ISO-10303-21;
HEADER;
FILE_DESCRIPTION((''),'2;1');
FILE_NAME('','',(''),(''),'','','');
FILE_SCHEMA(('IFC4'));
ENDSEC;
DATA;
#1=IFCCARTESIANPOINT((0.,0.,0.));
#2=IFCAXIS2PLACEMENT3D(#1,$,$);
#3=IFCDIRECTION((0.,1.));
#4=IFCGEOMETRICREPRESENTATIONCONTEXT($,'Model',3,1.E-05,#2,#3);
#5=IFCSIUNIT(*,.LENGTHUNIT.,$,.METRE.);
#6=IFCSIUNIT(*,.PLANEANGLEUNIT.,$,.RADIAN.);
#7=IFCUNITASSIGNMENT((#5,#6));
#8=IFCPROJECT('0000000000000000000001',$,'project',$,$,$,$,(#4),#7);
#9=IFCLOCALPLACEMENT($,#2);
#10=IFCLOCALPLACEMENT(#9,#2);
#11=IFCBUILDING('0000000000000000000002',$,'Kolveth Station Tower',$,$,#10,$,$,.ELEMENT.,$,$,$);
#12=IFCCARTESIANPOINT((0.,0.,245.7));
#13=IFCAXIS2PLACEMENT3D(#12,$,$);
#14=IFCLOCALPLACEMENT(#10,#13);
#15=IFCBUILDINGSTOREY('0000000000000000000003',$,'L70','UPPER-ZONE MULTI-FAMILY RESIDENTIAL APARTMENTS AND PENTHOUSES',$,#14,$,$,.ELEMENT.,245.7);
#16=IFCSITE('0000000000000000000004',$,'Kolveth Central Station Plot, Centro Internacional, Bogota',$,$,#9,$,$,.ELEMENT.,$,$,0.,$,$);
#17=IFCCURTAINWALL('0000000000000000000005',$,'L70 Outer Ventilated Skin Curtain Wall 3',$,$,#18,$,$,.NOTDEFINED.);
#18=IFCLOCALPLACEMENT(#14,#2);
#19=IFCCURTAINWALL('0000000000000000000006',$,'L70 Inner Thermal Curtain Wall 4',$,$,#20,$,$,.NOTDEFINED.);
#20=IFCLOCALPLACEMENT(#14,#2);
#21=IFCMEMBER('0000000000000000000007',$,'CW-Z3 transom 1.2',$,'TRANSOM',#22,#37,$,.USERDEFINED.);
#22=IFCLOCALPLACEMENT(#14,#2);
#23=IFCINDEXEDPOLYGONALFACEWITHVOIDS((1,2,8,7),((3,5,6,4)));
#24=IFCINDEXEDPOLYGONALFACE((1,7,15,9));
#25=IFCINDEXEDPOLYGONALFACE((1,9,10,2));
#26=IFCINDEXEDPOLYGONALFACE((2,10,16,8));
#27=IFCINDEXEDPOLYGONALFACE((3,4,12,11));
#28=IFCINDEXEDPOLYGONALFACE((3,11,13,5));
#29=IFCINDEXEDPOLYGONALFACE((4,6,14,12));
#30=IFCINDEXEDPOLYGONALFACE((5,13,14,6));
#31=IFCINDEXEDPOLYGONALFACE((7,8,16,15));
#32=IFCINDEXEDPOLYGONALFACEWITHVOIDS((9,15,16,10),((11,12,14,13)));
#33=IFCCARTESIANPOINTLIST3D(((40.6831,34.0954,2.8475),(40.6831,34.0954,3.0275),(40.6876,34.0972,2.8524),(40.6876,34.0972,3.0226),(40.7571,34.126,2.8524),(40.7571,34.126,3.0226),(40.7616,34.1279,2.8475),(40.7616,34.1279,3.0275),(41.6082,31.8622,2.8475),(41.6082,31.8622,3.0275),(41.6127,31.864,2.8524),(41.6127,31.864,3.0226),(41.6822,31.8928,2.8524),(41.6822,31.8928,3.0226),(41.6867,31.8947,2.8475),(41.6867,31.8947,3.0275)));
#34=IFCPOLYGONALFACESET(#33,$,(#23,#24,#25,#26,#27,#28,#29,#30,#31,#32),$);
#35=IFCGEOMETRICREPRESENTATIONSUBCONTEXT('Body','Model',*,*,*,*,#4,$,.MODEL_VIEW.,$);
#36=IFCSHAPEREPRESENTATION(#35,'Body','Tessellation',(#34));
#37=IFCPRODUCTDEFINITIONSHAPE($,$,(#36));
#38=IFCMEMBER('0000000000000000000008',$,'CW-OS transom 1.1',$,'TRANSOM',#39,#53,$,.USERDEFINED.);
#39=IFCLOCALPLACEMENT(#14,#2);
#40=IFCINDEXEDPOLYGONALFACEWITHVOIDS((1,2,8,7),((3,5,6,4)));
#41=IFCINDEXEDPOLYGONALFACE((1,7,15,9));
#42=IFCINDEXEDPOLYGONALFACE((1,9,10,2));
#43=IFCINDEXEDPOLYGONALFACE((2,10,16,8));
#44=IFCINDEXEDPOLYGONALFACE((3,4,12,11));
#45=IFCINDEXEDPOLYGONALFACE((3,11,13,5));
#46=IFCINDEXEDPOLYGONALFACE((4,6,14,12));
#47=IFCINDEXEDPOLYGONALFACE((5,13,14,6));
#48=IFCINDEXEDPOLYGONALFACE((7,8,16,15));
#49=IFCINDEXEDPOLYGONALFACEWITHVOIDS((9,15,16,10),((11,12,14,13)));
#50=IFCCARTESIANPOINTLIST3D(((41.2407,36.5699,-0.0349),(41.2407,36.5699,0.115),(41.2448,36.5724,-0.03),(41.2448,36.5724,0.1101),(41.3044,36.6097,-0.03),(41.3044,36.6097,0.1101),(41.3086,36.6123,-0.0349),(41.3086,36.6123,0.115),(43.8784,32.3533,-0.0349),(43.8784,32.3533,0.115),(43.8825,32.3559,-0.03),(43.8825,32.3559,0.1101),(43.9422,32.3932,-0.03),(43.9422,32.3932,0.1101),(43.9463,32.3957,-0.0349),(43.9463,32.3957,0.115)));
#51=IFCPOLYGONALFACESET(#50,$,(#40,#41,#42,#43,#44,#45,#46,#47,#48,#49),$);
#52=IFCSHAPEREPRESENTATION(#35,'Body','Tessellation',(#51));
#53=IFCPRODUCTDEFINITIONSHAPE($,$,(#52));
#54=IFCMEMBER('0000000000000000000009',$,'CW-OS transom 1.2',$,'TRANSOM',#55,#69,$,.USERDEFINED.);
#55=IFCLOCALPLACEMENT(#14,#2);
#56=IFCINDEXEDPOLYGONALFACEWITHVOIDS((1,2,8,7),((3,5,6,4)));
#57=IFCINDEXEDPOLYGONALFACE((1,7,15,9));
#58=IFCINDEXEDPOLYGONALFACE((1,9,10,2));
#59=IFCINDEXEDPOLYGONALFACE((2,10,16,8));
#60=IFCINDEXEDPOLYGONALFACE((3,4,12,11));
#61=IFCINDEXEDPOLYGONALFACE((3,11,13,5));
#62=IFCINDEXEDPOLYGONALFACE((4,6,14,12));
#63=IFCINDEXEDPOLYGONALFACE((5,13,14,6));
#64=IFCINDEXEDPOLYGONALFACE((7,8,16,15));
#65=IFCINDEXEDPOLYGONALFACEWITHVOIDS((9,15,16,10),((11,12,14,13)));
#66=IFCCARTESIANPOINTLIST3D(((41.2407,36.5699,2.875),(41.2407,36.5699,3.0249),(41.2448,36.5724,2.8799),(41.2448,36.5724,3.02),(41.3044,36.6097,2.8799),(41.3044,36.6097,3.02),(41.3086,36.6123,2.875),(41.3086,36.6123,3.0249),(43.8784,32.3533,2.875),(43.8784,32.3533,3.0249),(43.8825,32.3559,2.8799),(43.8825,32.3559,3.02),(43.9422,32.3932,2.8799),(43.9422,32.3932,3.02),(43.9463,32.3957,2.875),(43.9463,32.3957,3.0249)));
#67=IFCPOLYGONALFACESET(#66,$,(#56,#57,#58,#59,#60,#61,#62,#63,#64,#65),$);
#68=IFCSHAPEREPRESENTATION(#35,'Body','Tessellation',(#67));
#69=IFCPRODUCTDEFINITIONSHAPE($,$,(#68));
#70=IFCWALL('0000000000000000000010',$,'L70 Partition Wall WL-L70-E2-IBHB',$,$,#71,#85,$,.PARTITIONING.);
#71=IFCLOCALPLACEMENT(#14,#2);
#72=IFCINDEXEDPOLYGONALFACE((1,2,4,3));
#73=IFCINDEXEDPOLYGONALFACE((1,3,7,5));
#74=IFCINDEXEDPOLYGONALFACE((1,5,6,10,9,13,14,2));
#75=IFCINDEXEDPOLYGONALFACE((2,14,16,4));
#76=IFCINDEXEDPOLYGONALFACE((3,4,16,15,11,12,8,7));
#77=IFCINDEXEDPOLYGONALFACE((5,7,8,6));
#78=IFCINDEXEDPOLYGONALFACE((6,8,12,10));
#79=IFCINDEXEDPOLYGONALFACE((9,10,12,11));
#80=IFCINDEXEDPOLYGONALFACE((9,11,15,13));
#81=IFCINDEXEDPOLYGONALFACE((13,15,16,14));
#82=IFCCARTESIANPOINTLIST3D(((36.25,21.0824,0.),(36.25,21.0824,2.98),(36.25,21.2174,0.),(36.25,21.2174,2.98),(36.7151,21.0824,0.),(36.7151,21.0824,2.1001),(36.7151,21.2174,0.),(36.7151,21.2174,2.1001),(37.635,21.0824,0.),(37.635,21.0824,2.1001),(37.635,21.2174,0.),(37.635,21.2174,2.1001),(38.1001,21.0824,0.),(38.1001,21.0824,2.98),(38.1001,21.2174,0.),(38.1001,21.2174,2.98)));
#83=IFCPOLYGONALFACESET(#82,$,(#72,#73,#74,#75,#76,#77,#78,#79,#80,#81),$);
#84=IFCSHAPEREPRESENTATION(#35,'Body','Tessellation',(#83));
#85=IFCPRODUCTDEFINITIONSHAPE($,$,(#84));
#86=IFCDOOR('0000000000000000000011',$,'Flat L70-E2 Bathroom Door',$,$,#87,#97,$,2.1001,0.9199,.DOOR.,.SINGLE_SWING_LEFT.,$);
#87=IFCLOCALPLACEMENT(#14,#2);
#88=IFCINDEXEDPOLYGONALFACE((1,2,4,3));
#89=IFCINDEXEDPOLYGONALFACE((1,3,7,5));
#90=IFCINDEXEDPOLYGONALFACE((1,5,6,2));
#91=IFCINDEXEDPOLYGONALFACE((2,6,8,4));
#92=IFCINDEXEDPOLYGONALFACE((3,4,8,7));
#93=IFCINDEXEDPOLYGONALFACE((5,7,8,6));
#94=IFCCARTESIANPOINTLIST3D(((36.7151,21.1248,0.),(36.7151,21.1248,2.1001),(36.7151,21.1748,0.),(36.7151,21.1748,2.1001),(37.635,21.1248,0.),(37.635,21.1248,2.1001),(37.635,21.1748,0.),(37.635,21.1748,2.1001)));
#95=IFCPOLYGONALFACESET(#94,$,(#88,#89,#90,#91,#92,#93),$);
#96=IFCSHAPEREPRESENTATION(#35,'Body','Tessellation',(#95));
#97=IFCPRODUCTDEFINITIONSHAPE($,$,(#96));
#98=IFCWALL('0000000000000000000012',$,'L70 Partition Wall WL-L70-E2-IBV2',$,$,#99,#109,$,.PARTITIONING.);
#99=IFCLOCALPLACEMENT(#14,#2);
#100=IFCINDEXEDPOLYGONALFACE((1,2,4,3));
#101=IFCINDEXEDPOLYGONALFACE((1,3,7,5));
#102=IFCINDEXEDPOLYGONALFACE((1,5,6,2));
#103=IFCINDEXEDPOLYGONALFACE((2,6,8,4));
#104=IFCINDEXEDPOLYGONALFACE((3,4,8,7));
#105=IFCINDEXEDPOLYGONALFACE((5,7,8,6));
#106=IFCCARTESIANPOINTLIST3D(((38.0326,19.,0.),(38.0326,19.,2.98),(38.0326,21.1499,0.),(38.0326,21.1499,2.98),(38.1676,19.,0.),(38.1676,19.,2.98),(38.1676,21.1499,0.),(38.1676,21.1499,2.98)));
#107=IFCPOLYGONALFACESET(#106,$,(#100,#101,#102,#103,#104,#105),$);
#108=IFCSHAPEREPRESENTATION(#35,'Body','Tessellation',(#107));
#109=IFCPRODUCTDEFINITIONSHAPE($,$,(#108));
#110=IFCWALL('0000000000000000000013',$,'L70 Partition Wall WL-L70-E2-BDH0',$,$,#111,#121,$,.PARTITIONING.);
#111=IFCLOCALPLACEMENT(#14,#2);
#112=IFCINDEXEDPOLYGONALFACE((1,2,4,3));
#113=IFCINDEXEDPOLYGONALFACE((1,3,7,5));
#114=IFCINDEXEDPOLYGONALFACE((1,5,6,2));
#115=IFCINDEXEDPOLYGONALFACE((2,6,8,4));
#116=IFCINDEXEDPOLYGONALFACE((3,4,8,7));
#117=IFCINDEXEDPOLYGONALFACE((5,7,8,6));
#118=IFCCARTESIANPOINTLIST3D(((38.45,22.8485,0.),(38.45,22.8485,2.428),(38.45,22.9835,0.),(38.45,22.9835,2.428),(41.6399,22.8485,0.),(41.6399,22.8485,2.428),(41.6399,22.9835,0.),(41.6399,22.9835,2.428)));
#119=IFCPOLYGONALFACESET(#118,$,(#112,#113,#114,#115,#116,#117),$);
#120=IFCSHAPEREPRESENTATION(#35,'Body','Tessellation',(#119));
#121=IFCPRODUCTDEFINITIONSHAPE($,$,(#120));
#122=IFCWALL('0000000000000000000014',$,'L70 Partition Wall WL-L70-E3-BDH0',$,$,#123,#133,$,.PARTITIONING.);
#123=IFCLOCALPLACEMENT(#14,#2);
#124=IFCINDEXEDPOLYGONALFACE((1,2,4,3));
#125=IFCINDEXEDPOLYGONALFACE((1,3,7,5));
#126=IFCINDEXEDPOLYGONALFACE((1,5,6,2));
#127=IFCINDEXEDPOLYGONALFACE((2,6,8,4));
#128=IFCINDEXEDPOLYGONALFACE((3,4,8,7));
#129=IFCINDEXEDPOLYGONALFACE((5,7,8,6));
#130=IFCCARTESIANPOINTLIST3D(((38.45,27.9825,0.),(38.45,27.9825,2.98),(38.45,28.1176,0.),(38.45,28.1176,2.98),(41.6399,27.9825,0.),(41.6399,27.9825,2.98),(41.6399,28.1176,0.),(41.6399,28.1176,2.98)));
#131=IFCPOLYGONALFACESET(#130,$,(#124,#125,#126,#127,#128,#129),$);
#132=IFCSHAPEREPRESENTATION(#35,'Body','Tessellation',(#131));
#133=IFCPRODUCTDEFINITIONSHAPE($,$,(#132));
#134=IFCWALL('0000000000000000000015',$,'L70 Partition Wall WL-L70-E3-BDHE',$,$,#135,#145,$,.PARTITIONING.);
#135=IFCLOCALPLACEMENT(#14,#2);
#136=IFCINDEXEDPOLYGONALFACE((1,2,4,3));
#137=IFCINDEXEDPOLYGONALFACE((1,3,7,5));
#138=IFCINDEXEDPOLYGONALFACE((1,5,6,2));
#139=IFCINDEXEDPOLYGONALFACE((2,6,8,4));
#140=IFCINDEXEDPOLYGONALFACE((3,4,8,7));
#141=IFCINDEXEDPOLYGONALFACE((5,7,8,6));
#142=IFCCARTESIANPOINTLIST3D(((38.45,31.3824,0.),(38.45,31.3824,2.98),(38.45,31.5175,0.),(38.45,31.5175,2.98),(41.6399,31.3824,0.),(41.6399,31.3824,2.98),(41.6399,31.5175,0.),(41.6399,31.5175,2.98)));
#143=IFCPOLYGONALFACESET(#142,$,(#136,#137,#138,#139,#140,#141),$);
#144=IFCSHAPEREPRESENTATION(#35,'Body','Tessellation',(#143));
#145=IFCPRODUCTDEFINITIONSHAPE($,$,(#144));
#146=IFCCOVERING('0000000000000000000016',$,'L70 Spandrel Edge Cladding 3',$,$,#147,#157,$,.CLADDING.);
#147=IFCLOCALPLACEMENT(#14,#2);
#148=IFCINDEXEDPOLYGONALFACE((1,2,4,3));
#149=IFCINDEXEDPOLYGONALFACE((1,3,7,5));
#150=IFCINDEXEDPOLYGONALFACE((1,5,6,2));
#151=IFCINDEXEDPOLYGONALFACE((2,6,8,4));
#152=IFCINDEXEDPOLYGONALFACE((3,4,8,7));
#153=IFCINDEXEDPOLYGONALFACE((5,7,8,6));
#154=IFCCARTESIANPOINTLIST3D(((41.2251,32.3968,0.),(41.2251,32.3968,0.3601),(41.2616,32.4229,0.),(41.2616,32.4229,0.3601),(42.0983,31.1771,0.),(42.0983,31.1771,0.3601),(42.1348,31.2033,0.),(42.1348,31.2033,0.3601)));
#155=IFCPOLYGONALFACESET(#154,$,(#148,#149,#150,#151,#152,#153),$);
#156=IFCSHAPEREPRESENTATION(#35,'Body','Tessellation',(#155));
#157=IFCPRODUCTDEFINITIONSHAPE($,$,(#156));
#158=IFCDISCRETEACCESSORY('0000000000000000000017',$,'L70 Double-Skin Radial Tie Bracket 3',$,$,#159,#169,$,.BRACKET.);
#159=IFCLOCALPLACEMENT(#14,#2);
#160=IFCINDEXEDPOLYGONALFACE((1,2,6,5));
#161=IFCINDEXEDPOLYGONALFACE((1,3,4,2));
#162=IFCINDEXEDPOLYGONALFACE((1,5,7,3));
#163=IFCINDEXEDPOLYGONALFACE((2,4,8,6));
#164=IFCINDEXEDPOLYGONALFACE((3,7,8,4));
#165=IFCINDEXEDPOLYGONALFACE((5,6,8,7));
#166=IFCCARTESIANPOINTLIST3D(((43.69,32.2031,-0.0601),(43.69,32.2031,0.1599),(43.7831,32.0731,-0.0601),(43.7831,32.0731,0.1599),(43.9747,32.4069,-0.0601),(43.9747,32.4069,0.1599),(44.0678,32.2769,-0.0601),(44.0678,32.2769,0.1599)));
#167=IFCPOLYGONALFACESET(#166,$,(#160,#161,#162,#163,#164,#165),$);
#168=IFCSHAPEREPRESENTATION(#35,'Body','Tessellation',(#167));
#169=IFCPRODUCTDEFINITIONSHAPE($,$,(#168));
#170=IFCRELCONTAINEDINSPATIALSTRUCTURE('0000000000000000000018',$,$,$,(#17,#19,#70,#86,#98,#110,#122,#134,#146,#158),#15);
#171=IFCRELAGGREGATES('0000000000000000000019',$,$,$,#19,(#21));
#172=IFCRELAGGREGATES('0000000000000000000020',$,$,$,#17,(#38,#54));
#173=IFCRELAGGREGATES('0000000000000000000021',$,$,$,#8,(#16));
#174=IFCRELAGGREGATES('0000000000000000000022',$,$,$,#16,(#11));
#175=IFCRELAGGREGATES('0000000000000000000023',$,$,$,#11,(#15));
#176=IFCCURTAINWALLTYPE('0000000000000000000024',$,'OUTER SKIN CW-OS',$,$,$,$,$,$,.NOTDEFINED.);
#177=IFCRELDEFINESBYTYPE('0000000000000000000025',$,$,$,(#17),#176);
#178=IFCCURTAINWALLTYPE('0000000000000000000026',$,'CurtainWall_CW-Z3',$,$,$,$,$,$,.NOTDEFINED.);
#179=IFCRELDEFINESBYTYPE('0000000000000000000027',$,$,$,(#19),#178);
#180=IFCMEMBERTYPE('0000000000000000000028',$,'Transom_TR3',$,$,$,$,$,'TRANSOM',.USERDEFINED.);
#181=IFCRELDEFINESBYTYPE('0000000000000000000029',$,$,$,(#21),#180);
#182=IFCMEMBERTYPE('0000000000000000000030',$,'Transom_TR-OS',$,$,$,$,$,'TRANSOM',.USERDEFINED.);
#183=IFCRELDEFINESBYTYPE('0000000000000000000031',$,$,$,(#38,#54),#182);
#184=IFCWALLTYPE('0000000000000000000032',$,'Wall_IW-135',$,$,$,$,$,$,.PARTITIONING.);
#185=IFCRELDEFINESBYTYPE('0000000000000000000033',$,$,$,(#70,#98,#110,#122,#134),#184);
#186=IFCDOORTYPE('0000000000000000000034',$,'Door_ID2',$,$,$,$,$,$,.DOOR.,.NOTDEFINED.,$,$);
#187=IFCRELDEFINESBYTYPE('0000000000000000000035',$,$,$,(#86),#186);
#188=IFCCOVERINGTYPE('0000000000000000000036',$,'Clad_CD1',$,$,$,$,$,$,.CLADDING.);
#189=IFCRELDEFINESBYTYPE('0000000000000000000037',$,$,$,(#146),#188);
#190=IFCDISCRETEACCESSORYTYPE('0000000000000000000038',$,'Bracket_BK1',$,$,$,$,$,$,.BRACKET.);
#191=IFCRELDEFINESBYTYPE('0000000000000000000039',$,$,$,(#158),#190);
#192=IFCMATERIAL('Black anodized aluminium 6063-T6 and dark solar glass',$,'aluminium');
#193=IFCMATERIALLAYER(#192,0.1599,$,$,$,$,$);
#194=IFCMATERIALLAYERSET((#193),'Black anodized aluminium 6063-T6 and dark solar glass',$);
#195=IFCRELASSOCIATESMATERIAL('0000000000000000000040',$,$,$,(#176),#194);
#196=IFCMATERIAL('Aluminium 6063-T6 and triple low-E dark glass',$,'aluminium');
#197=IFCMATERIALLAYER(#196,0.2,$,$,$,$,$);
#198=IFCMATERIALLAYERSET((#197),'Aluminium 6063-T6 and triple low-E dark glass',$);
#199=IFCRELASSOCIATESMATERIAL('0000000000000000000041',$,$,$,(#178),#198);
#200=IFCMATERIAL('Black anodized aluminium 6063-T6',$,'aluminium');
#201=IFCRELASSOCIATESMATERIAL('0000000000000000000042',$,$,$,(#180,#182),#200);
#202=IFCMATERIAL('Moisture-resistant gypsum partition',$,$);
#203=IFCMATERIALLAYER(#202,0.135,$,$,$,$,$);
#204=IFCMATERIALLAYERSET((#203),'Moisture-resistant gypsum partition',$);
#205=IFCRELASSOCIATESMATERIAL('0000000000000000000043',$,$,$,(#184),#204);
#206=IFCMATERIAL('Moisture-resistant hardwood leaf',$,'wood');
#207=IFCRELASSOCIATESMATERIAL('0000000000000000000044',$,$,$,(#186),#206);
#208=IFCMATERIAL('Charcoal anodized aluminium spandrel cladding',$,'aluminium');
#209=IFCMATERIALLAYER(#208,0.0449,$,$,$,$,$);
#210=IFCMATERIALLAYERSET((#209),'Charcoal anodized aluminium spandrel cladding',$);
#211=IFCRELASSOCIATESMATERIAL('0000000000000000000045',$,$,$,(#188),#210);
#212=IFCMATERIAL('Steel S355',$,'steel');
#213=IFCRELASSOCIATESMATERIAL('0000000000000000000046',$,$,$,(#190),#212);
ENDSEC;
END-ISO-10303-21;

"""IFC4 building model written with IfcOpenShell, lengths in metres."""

from ifc_helpers import new_model, si_unit, direction, frame, frame_2d, origin, origin_2d, place, context, subcontext, project, spatial, rectangle, hollow_rectangle, extrude, source, transform, mapped, material, layer, layer_set, material_profile, profile_set, type_object, element, fill, aggregate, save


model = new_model("IFC4")

# Units and contexts
model_context = context("Model", 3, precision=1e-05, world=origin(), true_north=direction((0.0, 1.0)))
body_context = subcontext(model_context, "Body", "Model", "MODEL_VIEW")
ifc_project = project(units=[si_unit("LENGTHUNIT", "METRE"), si_unit("PLANEANGLEUNIT", "RADIAN")], contexts=[model_context])

# Site, building, storey
site_placement = place(None, origin())
site = spatial("IfcSite", under=ifc_project, at=site_placement, Name="Kolveth Central Station Plot, Centro Internacional, Bogota", CompositionType="ELEMENT", RefElevation=0.0)
building_placement = place(site_placement, origin())
building = spatial("IfcBuilding", under=site, at=building_placement, Name="Kolveth Station Tower", CompositionType="ELEMENT")
storey_placement = place(building_placement, frame((0.0, 0.0, 245.7)))
storey = spatial("IfcBuildingStorey", under=building, at=storey_placement, Name="L70", Description="UPPER-ZONE MULTI-FAMILY RESIDENTIAL APARTMENTS AND PENTHOUSES", CompositionType="ELEMENT", Elevation=245.7)

# Shared definitions
ifc_material_1 = material(Name="Steel S355", Category="steel")

# Curtain wall
ifc_material_2 = material(Name="Black anodized aluminium 6063-T6 and dark solar glass", Category="aluminium")
ifc_layer_1 = layer(ifc_material_2, 0.1599)
ifc_layer_set_1 = layer_set([ifc_layer_1], Name="Black anodized aluminium 6063-T6 and dark solar glass")
curtain_wall_type_1 = type_object("IfcCurtainWallType", Name="OUTER SKIN CW-OS", PredefinedType="NOTDEFINED", material=ifc_layer_set_1)
ifc_material_3 = material(Name="Black anodized aluminium 6063-T6", Category="aluminium")
curtain_wall_1_placement = place(storey_placement, origin())
curtain_wall_1 = element("IfcCurtainWall", 1, at=curtain_wall_1_placement, inside=storey, type_object=curtain_wall_type_1, Name="L70 Outer Ventilated Skin Curtain Wall 3", PredefinedType="NOTDEFINED")
ifc_material_4 = material(Name="Aluminium 6063-T6 and triple low-E dark glass", Category="aluminium")
ifc_layer_2 = layer(ifc_material_4, 0.2)
ifc_layer_set_2 = layer_set([ifc_layer_2], Name="Aluminium 6063-T6 and triple low-E dark glass")
curtain_wall_type_2 = type_object("IfcCurtainWallType", Name="CurtainWall_CW-Z3", PredefinedType="NOTDEFINED", material=ifc_layer_set_2)

# Curtain wall, member
curtain_wall_2_placement = place(storey_placement, origin())
curtain_wall_2 = element("IfcCurtainWall", 2, at=curtain_wall_2_placement, inside=storey, type_object=curtain_wall_type_2, Name="L70 Inner Thermal Curtain Wall 4", PredefinedType="NOTDEFINED")
ifc_material_profile_1 = material_profile(ifc_material_3, hollow_rectangle(XDim=0.085, YDim=0.1799, WallThickness=0.0049, at=origin_2d()), Name="ALU-85x180x5")
ifc_profile_set_1 = profile_set([ifc_material_profile_1], Name="Black anodized aluminium 6063-T6")
member_type_1 = type_object("IfcMemberType", Name="Transom_TR3", ElementType="TRANSOM", PredefinedType="USERDEFINED", material=ifc_profile_set_1)
shared_shape_1 = source(origin(), body_context, "Body", "SweptSolid", [
    extrude(hollow_rectangle(XDim=0.085, YDim=0.1799, WallThickness=0.0049, at=origin_2d()), origin(), (0.0, 0.0, 1.0), 2.4172),
])
member_1_placement = place(storey_placement, frame((41.6475, 31.8784, 2.9375), z_axis=(-0.3827, 0.923873, 0.0), x_axis=(-0.923873, -0.3827, 0.0)))
member_1 = element("IfcMember", 3, at=member_1_placement, type_object=member_type_1, Name="CW-Z3 transom 1.2", ObjectType="TRANSOM", PredefinedType="USERDEFINED", context=body_context, shape_type="MappedRepresentation", body=[
    mapped(shared_shape_1, transform((0.0, 0.0, 0.0), x_axis=(1.0, 0.0, 0.0), y_axis=(0.0, 1.0, 0.0), z_axis=(0.0, 0.0, 1.0), scale=1.0)),
])
aggregate(curtain_wall_2, [member_1])

# Members
ifc_material_profile_2 = material_profile(ifc_material_3, hollow_rectangle(XDim=0.0801, YDim=0.1499, WallThickness=0.0049, at=origin_2d()), Name="ALU-80x150x5")
ifc_profile_set_2 = profile_set([ifc_material_profile_2], Name="Black anodized aluminium 6063-T6")
member_type_2 = type_object("IfcMemberType", Name="Transom_TR-OS", ElementType="TRANSOM", PredefinedType="USERDEFINED", material=ifc_profile_set_2)
shared_shape_2 = source(origin(), body_context, "Body", "SweptSolid", [
    extrude(hollow_rectangle(XDim=0.0801, YDim=0.1499, WallThickness=0.0049, at=origin_2d()), origin(), (0.0, 0.0, 1.0), 4.9736),
])
member_2_placement = place(storey_placement, frame((43.9124, 32.3745, 0.04), z_axis=(-0.530339, 0.847786, 0.0), x_axis=(-0.847786, -0.530339, 0.0)))
member_2 = element("IfcMember", 4, at=member_2_placement, type_object=member_type_2, Name="CW-OS transom 1.1", ObjectType="TRANSOM", PredefinedType="USERDEFINED", context=body_context, shape_type="MappedRepresentation", body=[
    mapped(shared_shape_2, transform((0.0, 0.0, 0.0), x_axis=(1.0, 0.0, 0.0), y_axis=(0.0, 1.0, 0.0), z_axis=(0.0, 0.0, 1.0), scale=1.0)),
])
member_3_placement = place(storey_placement, frame((43.9124, 32.3745, 2.95), z_axis=(-0.530339, 0.847786, 0.0), x_axis=(-0.847786, -0.530339, 0.0)))
member_3 = element("IfcMember", 5, at=member_3_placement, type_object=member_type_2, Name="CW-OS transom 1.2", ObjectType="TRANSOM", PredefinedType="USERDEFINED", context=body_context, shape_type="MappedRepresentation", body=[
    mapped(shared_shape_2, transform((0.0, 0.0, 0.0), x_axis=(1.0, 0.0, 0.0), y_axis=(0.0, 1.0, 0.0), z_axis=(0.0, 0.0, 1.0), scale=1.0)),
])
aggregate(curtain_wall_1, [member_2, member_3])

# Wall, opening, door
ifc_material_5 = material(Name="Moisture-resistant gypsum partition")
ifc_layer_3 = layer(ifc_material_5, 0.135)
ifc_layer_set_3 = layer_set([ifc_layer_3], Name="Moisture-resistant gypsum partition")
wall_type = type_object("IfcWallType", Name="Wall_IW-135", PredefinedType="PARTITIONING", material=ifc_layer_set_3)
wall_1_placement = place(storey_placement, frame((36.25, 21.1499, 0.0), z_axis=(0.0, 0.0, 1.0), x_axis=(1.0, 0.0, 0.0)))
wall_1 = element("IfcWall", 6, at=wall_1_placement, inside=storey, type_object=wall_type, Name="L70 Partition Wall WL-L70-E2-IBHB", PredefinedType="PARTITIONING", context=body_context, shape_type="SweptSolid", body=[
    extrude(rectangle(XDim=1.8501, YDim=0.135, at=frame_2d((0.925, 0.0))), origin(), (0.0, 0.0, 1.0), 2.98),
])
opening_1_placement = place(wall_1_placement, frame((0.4651, 0.0, 0.0)))
opening_1 = element("IfcOpeningElement", 7, at=opening_1_placement, cuts=wall_1, PredefinedType="OPENING", context=body_context, shape_type="SweptSolid", body=[
    extrude(rectangle(XDim=0.9199, YDim=2.1001, at=frame_2d((0.46, 1.05))), frame((0.0, 0.0774, 0.0), z_axis=(0.0, -1.0, 0.0), x_axis=(1.0, 0.0, 0.0)), (0.0, 0.0, 1.0), 0.155),
])
ifc_material_6 = material(Name="Moisture-resistant hardwood leaf", Category="wood")
door_type_1 = type_object("IfcDoorType", Name="Door_ID2", OperationType="NOTDEFINED", PredefinedType="DOOR", material=ifc_material_6)
door_1_placement = place(opening_1_placement, origin())
door_1 = element("IfcDoor", 8, at=door_1_placement, inside=storey, type_object=door_type_1, Name="Flat L70-E2 Bathroom Door", OperationType="SINGLE_SWING_LEFT", OverallHeight=2.1001, OverallWidth=0.9199, PredefinedType="DOOR", context=body_context, shape_type="SweptSolid", body=[
    extrude(rectangle(XDim=0.9199, YDim=2.1001, at=frame_2d((0.46, 1.05))), frame((0.0, 0.0249, 0.0), z_axis=(0.0, -1.0, 0.0), x_axis=(1.0, 0.0, 0.0)), (0.0, 0.0, 1.0), 0.05),
])
fill(opening_1, door_1)

# Walls
wall_2_placement = place(storey_placement, frame((38.1001, 19.0, 0.0), z_axis=(0.0, 0.0, 1.0), x_axis=(0.0, 1.0, 0.0)))
element("IfcWall", 9, at=wall_2_placement, inside=storey, type_object=wall_type, Name="L70 Partition Wall WL-L70-E2-IBV2", PredefinedType="PARTITIONING", context=body_context, shape_type="SweptSolid", body=[
    extrude(rectangle(XDim=2.1499, YDim=0.135, at=frame_2d((1.075, 0.0))), origin(), (0.0, 0.0, 1.0), 2.98),
])
wall_3_placement = place(storey_placement, frame((38.45, 22.916, 0.0), z_axis=(0.0, 0.0, 1.0), x_axis=(1.0, 0.0, 0.0)))
element("IfcWall", 10, at=wall_3_placement, inside=storey, type_object=wall_type, Name="L70 Partition Wall WL-L70-E2-BDH0", PredefinedType="PARTITIONING", context=body_context, shape_type="SweptSolid", body=[
    extrude(rectangle(XDim=3.1899, YDim=0.135, at=frame_2d((1.595, 0.0))), origin(), (0.0, 0.0, 1.0), 2.428),
])

# Walls
for number, where, z_axis, x_axis, name in (
    (11, (38.45, 28.05, 0.0), (0.0, 0.0, 1.0), (1.0, 0.0, 0.0), "L70 Partition Wall WL-L70-E3-BDH0"),
    (12, (38.45, 31.45, 0.0), (0.0, 0.0, 1.0), (1.0, 0.0, 0.0), "L70 Partition Wall WL-L70-E3-BDHE"),
):
    element("IfcWall", number, at=place(storey_placement, frame(where, z_axis=z_axis, x_axis=x_axis)), inside=storey, type_object=wall_type, Name=name, PredefinedType="PARTITIONING", context=body_context, shape_type="SweptSolid", body=[
        extrude(rectangle(XDim=3.1899, YDim=0.135, at=frame_2d((1.595, 0.0))), origin(), (0.0, 0.0, 1.0), 2.98),
    ])

# Covering
ifc_material_7 = material(Name="Charcoal anodized aluminium spandrel cladding", Category="aluminium")
ifc_layer_4 = layer(ifc_material_7, 0.0449)
ifc_layer_set_4 = layer_set([ifc_layer_4], Name="Charcoal anodized aluminium spandrel cladding")
covering_type = type_object("IfcCoveringType", Name="Clad_CD1", PredefinedType="CLADDING", material=ifc_layer_set_4)
shared_shape_3 = source(origin(), body_context, "Body", "SweptSolid", [
    extrude(rectangle(XDim=1.5, YDim=0.0449, at=origin_2d()), origin(), (0.0, 0.0, 1.0), 0.3601),
])
covering_placement = place(storey_placement, frame((41.6799, 31.8, 0.0), z_axis=(0.0, 0.0, 1.0), x_axis=(-0.582123, 0.813101, 0.0)))
element("IfcCovering", 13, at=covering_placement, inside=storey, type_object=covering_type, Name="L70 Spandrel Edge Cladding 3", PredefinedType="CLADDING", context=body_context, shape_type="MappedRepresentation", body=[
    mapped(shared_shape_3, transform((0.0, 0.0, 0.0), x_axis=(1.0, 0.0, 0.0), y_axis=(0.0, 1.0, 0.0), z_axis=(0.0, 0.0, 1.0), scale=1.0)),
])

# Discrete accessory
discrete_accessory_type = type_object("IfcDiscreteAccessoryType", Name="Bracket_BK1", PredefinedType="BRACKET", material=ifc_material_1)
shared_shape_4 = source(origin(), body_context, "Body", "SweptSolid", [
    extrude(rectangle(XDim=0.3501, YDim=0.1599, at=origin_2d()), origin(), (0.0, 0.0, 1.0), 0.22),
])
discrete_accessory_placement = place(storey_placement, frame((43.8789, 32.24, -0.0601), z_axis=(0.0, 0.0, 1.0), x_axis=(0.813101, 0.582123, 0.0)))
element("IfcDiscreteAccessory", 14, at=discrete_accessory_placement, inside=storey, type_object=discrete_accessory_type, Name="L70 Double-Skin Radial Tie Bracket 3", PredefinedType="BRACKET", context=body_context, shape_type="MappedRepresentation", body=[
    mapped(shared_shape_4, transform((0.0, 0.0, 0.0), x_axis=(1.0, 0.0, 0.0), y_axis=(0.0, 1.0, 0.0), z_axis=(0.0, 0.0, 1.0), scale=1.0)),
])

save(model, "model.ifc")
